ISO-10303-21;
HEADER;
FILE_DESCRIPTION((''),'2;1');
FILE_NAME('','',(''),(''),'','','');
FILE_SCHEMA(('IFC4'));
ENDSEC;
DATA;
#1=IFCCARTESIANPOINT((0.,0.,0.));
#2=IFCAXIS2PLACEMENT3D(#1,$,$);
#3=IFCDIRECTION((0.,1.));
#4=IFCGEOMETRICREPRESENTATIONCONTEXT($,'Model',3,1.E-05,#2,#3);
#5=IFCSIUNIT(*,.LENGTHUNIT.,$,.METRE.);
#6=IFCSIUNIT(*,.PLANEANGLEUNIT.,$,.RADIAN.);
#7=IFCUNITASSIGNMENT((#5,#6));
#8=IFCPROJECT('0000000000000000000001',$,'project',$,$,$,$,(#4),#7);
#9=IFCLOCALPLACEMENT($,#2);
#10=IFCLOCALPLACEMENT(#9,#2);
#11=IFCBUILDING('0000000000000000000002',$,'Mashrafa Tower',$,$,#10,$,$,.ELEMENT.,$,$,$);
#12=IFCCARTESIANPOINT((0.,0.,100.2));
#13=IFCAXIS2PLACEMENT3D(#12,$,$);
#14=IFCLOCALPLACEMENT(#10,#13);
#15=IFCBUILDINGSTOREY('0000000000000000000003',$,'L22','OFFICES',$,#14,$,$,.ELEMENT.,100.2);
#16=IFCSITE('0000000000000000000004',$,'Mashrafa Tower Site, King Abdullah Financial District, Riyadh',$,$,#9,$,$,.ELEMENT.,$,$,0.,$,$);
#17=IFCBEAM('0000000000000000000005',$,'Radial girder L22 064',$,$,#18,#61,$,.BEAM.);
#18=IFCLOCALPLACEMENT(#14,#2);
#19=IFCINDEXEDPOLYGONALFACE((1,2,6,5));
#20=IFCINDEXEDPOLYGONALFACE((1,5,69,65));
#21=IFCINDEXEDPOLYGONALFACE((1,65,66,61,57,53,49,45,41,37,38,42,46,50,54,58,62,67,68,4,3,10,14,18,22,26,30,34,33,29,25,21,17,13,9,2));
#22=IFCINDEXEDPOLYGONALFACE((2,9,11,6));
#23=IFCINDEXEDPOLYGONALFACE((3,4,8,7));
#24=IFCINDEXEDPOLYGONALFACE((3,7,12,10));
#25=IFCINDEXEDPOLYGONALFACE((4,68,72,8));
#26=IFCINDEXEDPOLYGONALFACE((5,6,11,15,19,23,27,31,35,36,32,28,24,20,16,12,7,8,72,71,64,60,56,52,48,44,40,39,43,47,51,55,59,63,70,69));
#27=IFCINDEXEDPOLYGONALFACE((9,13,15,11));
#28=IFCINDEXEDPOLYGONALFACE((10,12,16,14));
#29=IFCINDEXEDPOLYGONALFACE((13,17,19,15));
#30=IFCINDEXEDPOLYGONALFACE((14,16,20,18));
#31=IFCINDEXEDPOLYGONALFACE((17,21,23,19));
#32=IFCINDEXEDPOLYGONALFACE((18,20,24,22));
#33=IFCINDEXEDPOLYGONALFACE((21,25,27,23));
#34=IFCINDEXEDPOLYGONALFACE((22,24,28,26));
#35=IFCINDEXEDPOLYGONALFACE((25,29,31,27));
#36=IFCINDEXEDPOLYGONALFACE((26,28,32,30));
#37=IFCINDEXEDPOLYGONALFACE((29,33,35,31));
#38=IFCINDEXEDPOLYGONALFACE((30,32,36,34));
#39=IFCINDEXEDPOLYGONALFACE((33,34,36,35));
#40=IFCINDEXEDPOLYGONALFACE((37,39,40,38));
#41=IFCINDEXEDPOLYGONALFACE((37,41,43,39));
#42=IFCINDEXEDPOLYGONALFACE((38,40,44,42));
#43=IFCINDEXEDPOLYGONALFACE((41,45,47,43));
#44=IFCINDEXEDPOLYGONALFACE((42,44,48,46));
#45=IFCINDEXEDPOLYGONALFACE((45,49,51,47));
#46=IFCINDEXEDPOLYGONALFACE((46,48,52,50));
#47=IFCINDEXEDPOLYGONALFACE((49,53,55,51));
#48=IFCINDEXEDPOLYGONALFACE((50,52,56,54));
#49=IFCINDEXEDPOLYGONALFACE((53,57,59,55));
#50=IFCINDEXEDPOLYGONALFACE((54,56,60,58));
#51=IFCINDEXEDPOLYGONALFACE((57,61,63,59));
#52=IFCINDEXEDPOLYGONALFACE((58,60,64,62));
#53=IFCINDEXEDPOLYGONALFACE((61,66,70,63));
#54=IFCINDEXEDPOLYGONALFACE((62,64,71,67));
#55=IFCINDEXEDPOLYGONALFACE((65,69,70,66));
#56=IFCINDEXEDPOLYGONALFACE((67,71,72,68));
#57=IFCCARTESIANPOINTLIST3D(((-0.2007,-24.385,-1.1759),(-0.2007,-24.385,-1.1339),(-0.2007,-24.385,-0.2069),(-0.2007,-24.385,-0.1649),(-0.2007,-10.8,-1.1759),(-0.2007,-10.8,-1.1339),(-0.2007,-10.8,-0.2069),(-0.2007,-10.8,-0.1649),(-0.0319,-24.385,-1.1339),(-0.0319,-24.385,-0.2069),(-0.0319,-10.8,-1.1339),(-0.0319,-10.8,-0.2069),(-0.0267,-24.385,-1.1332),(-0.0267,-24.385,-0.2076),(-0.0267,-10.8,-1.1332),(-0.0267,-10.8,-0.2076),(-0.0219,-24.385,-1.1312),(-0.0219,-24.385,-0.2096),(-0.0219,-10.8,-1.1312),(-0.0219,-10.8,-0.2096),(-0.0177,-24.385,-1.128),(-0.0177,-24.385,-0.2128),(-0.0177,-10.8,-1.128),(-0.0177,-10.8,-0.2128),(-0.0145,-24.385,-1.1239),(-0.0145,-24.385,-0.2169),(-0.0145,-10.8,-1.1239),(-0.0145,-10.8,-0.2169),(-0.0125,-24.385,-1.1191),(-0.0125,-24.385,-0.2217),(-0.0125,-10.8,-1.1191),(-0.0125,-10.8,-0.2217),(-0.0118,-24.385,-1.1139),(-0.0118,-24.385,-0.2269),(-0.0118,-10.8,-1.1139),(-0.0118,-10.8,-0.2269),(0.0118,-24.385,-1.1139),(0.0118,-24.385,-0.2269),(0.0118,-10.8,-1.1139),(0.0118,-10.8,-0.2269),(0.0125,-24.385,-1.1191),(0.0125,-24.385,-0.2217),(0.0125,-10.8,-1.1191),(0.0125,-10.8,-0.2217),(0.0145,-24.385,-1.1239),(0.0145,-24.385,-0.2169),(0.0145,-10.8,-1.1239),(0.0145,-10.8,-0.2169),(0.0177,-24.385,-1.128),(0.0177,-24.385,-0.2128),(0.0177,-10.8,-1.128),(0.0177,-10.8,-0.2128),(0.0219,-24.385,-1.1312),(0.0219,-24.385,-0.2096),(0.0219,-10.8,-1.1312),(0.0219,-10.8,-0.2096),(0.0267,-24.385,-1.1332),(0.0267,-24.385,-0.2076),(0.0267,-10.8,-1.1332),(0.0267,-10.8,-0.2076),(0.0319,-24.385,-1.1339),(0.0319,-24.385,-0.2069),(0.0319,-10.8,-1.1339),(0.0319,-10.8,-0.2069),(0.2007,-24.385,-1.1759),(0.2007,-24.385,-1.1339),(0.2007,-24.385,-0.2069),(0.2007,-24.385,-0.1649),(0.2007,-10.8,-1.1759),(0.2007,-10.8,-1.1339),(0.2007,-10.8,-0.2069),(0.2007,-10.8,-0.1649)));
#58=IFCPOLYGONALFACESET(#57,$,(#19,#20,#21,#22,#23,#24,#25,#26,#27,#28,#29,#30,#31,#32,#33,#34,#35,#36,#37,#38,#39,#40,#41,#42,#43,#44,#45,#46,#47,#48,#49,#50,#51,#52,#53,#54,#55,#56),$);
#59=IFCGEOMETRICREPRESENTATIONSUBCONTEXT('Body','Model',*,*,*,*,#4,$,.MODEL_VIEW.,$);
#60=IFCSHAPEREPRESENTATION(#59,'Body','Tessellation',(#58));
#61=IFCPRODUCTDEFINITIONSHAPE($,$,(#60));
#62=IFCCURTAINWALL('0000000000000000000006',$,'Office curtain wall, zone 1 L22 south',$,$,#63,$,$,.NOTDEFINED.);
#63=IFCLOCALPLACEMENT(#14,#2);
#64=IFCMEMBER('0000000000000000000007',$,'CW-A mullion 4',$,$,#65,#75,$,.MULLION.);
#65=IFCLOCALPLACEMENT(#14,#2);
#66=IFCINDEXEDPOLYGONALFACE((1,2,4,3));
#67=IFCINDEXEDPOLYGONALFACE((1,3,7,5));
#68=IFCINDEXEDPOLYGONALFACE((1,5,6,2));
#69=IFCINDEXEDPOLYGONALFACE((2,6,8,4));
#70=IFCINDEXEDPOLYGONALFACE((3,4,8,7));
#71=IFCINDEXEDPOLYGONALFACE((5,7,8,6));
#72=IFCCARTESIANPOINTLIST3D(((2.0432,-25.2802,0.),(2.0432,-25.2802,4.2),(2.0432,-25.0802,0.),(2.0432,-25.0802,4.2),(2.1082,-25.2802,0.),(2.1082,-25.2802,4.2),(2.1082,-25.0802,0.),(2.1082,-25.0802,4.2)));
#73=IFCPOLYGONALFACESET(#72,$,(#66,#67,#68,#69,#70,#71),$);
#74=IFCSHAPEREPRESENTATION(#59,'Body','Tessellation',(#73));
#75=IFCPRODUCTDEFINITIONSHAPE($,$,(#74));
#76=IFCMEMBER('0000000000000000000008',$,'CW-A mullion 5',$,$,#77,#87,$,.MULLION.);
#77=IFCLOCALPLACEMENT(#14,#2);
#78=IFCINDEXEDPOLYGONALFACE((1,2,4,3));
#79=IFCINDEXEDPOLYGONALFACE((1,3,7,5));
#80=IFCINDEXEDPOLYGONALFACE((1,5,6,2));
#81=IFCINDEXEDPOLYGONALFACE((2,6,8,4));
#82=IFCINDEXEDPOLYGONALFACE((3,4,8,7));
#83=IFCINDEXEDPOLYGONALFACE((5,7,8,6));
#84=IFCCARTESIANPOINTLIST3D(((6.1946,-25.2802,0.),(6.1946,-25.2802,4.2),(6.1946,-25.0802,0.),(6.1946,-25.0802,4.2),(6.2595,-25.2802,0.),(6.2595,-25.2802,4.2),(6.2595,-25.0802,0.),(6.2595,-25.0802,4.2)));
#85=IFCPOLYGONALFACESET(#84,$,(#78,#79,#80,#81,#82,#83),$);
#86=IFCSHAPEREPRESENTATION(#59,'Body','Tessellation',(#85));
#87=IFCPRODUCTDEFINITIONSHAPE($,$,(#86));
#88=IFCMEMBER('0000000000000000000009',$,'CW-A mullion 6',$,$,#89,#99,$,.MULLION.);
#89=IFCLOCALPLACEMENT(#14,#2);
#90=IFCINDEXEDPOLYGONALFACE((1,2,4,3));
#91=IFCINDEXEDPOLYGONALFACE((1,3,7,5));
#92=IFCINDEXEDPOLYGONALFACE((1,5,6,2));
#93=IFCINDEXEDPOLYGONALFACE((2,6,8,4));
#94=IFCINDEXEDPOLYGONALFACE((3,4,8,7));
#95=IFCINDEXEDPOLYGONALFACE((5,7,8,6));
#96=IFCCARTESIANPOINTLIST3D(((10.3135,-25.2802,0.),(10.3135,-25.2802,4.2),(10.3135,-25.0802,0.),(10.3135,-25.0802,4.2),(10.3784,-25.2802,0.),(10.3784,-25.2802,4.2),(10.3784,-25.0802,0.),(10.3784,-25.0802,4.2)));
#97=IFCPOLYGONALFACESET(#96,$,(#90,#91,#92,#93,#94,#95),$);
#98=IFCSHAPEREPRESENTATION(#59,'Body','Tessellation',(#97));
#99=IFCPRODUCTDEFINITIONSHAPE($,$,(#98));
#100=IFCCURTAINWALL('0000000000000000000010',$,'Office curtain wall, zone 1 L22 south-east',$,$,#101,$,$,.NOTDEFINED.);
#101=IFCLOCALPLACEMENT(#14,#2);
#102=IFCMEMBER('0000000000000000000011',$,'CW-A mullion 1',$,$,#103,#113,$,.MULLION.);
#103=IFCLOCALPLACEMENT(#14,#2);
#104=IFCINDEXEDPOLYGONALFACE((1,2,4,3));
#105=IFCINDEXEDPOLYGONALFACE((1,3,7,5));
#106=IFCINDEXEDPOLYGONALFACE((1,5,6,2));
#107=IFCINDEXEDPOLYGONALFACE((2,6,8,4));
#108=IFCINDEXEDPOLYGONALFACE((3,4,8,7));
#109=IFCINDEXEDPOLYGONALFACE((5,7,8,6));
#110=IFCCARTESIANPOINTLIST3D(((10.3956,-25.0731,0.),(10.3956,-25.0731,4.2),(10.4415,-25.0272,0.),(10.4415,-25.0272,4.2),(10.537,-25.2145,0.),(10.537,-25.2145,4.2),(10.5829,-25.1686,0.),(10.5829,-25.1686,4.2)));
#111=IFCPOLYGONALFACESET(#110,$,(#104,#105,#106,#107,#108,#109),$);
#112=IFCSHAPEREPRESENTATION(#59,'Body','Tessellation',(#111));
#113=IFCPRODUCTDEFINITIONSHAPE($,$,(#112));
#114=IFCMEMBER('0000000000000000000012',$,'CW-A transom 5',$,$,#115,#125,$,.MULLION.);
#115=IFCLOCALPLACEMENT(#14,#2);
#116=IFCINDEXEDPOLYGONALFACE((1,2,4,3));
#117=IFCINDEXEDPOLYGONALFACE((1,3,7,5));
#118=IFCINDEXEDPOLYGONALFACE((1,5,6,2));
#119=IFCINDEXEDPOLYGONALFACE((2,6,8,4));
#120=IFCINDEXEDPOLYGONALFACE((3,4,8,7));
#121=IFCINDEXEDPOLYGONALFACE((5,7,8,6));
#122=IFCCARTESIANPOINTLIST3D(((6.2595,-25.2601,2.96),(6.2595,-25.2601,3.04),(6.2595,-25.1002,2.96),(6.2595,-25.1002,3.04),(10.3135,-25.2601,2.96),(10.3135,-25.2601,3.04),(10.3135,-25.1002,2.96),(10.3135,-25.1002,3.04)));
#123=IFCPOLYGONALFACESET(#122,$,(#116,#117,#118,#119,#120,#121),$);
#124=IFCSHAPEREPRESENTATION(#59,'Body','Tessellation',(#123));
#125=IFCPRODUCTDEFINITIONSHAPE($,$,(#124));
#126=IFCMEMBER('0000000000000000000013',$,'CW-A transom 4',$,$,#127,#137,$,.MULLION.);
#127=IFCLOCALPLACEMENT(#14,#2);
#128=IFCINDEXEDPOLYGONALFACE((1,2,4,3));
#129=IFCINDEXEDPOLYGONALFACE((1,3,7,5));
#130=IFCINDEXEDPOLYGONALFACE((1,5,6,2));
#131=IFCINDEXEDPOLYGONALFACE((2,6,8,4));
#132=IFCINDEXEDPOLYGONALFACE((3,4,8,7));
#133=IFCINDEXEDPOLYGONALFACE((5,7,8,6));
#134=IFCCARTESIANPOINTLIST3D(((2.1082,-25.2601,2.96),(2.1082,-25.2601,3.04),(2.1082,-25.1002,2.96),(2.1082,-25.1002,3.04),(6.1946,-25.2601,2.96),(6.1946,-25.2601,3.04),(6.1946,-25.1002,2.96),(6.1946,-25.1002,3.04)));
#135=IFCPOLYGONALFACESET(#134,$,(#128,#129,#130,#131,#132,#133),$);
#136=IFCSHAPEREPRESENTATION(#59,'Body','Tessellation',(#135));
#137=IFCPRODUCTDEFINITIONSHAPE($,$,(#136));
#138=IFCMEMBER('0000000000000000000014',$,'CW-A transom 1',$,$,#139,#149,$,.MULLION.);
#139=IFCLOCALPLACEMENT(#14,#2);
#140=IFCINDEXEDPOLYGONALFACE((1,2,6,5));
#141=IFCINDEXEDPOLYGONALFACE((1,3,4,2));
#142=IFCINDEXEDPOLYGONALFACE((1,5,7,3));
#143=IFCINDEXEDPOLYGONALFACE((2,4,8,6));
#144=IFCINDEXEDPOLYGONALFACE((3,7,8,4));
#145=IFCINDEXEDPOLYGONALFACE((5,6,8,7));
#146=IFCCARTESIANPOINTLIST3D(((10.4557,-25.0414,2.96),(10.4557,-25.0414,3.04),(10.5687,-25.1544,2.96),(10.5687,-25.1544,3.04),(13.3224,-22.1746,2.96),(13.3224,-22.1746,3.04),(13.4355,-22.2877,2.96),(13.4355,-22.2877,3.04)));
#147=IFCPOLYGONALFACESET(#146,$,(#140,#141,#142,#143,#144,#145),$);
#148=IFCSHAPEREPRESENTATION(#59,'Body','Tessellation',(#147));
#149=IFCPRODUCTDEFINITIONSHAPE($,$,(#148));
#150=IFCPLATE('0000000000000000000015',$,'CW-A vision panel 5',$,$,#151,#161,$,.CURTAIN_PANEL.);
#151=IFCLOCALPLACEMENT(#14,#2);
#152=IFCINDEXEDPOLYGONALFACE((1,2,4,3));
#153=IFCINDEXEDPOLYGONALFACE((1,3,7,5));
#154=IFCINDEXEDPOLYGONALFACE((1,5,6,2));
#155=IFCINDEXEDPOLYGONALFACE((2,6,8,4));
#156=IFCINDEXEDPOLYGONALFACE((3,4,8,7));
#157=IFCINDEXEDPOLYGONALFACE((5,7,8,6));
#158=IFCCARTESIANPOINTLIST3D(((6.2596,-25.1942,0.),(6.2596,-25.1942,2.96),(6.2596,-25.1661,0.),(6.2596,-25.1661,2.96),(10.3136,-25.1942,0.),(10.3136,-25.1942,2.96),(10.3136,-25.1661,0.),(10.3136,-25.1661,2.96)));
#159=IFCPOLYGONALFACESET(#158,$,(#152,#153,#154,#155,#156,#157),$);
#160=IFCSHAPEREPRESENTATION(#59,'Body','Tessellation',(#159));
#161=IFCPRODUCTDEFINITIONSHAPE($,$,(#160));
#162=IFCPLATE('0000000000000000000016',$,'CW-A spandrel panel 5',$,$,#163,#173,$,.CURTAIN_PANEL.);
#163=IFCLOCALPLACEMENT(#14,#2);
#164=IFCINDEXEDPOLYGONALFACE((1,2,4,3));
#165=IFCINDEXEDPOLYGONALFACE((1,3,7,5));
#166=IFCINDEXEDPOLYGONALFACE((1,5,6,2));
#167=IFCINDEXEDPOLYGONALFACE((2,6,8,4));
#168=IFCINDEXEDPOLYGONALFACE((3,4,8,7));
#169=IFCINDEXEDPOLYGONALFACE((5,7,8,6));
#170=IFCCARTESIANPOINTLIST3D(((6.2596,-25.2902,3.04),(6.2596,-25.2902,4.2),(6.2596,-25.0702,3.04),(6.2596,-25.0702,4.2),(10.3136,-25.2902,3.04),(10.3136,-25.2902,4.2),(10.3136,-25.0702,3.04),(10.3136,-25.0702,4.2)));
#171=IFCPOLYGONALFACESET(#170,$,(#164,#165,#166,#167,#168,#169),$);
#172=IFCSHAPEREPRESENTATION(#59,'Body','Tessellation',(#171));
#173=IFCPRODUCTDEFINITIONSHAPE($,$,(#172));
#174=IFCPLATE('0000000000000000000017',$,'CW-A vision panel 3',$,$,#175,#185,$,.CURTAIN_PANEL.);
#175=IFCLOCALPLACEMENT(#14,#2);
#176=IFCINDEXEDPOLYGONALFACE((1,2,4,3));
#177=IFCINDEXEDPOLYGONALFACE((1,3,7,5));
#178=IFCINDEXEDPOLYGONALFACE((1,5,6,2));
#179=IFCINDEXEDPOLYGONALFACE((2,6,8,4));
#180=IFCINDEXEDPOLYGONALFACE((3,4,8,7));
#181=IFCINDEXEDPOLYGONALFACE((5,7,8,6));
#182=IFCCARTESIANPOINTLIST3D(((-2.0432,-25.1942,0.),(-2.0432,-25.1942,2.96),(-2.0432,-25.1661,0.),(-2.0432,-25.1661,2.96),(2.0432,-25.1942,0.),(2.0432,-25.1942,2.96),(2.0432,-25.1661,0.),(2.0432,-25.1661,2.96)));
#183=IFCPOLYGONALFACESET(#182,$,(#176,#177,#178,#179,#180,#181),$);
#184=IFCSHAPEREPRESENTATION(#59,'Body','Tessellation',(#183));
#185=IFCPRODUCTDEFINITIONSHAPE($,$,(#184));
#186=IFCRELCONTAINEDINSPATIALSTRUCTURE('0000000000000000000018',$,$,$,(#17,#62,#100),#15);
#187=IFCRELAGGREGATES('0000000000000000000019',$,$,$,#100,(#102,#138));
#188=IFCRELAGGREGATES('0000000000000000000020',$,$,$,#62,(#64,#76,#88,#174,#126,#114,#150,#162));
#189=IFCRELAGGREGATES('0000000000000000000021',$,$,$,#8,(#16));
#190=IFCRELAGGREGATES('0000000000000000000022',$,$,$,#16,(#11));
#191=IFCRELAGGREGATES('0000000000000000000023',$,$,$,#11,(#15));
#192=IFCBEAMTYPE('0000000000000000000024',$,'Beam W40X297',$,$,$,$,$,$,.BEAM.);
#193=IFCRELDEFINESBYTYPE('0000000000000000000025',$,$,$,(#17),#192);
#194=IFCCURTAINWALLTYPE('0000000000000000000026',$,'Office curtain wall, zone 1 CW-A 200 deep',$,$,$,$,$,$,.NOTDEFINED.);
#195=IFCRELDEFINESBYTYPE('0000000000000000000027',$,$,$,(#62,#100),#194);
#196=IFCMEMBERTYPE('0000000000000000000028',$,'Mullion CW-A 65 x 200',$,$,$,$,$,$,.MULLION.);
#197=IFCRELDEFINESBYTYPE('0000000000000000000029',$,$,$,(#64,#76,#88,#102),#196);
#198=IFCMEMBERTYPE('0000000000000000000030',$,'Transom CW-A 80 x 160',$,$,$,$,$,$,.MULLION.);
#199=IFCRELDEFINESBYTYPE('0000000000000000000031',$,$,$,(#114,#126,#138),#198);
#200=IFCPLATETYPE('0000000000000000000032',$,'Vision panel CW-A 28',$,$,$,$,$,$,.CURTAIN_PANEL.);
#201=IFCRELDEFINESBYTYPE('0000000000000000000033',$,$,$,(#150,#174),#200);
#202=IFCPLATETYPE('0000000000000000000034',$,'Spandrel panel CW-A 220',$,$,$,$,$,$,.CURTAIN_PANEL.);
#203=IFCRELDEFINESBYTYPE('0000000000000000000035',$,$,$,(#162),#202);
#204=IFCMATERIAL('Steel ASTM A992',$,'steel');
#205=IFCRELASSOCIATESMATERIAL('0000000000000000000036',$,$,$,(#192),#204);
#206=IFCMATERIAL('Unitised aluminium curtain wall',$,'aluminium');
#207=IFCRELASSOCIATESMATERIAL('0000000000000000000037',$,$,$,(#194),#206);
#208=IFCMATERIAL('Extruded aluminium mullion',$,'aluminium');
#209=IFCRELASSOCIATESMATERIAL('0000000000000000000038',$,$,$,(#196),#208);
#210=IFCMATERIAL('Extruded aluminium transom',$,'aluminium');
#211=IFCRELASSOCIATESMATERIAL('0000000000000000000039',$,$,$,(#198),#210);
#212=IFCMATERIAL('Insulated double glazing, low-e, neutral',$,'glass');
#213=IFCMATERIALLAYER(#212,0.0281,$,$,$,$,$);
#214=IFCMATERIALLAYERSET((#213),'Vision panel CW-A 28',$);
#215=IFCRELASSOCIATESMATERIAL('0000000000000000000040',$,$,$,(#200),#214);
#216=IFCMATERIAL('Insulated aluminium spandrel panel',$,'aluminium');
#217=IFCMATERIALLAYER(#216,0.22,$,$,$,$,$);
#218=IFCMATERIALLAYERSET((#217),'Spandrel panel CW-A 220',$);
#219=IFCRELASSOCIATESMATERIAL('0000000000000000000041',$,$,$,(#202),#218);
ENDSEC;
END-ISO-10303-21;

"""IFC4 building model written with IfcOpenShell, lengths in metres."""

from ifc_helpers import new_model, si_unit, direction, frame, origin, origin_2d, place, context, subcontext, project, spatial, rectangle, i_section, extrude, source, transform, mapped, material, layer, layer_set, material_profile, profile_set, type_object, type_shapes, element, aggregate, save


model = new_model("IFC4")

# Units and contexts
model_context = context("Model", 3, precision=1e-05, world=origin(), true_north=direction((0.0, 1.0)))
body_context = subcontext(model_context, "Body", "Model", "MODEL_VIEW")
ifc_project = project(units=[si_unit("LENGTHUNIT", "METRE"), si_unit("PLANEANGLEUNIT", "RADIAN")], contexts=[model_context])

# Site, building, storey
site_placement = place(None, origin())
site = spatial("IfcSite", under=ifc_project, at=site_placement, Name="Mashrafa Tower Site, King Abdullah Financial District, Riyadh", CompositionType="ELEMENT", RefElevation=0.0)
building_placement = place(site_placement, origin())
building = spatial("IfcBuilding", under=site, at=building_placement, Name="Mashrafa Tower", CompositionType="ELEMENT")
storey_placement = place(building_placement, frame((0.0, 0.0, 100.2)))
storey = spatial("IfcBuildingStorey", under=building, at=storey_placement, Name="L22", Description="OFFICES", CompositionType="ELEMENT", Elevation=100.2)

# Beam
ifc_material_1 = material(Name="Steel ASTM A992", Category="steel")
ifc_material_profile_1 = material_profile(ifc_material_1, i_section(OverallWidth=0.4014, OverallDepth=1.011, WebThickness=0.0237, FlangeThickness=0.042, FilletRadius=0.02, at=origin_2d()), Name="W40X297")
ifc_profile_set_1 = profile_set([ifc_material_profile_1], Name="Steel ASTM A992")
beam_type_1 = type_object("IfcBeamType", Name="Beam W40X297", PredefinedType="BEAM", material=ifc_profile_set_1)
beam_1_placement = place(storey_placement, frame((0.0, -10.8, -0.6704), z_axis=(0.0, -1.0, 0.0), x_axis=(1.0, 0.0, 0.0)))
element("IfcBeam", 1, at=beam_1_placement, inside=storey, type_object=beam_type_1, Name="Radial girder L22 064", PredefinedType="BEAM", context=body_context, shape_type="SweptSolid", body=[
    extrude(i_section(OverallWidth=0.4014, OverallDepth=1.011, WebThickness=0.0237, FlangeThickness=0.042, FilletRadius=0.02, at=origin_2d()), origin(), (0.0, 0.0, 1.0), 13.585),
])

# Curtain wall, members
ifc_material_2 = material(Name="Unitised aluminium curtain wall", Category="aluminium")
curtain_wall_type = type_object("IfcCurtainWallType", Name="Office curtain wall, zone 1 CW-A 200 deep", PredefinedType="NOTDEFINED", material=ifc_material_2)
curtain_wall_1_placement = place(storey_placement, origin())
curtain_wall_1 = element("IfcCurtainWall", 2, at=curtain_wall_1_placement, inside=storey, type_object=curtain_wall_type, Name="Office curtain wall, zone 1 L22 south", PredefinedType="NOTDEFINED")
ifc_material_3 = material(Name="Extruded aluminium mullion", Category="aluminium")
ifc_material_profile_2 = material_profile(ifc_material_3, rectangle(XDim=0.2, YDim=0.0649, at=origin_2d()), Name="Mullion 65x200")
ifc_profile_set_2 = profile_set([ifc_material_profile_2], Name="Extruded aluminium mullion")
member_type_1 = type_object("IfcMemberType", Name="Mullion CW-A 65 x 200", PredefinedType="MULLION", material=ifc_profile_set_2)
shared_shape_1 = source(origin(), body_context, "Body", "SweptSolid", [
    extrude(rectangle(XDim=0.2, YDim=0.0649, at=origin_2d()), origin(), (0.0, 0.0, 1.0), 4.2),
])
type_shapes(member_type_1, [shared_shape_1])
member_1_placement = place(storey_placement, frame((2.0757, -25.1802, 0.0), z_axis=(0.0, 0.0, 1.0), x_axis=(0.0, 1.0, 0.0)))
member_1 = element("IfcMember", 3, at=member_1_placement, type_object=member_type_1, Name="CW-A mullion 4", PredefinedType="MULLION", context=body_context, shape_type="MappedRepresentation", body=[
    mapped(shared_shape_1, transform((0.0, 0.0, 0.0))),
])
member_2_placement = place(storey_placement, frame((6.2271, -25.1802, 0.0), z_axis=(0.0, 0.0, 1.0), x_axis=(0.0, 1.0, 0.0)))
member_2 = element("IfcMember", 4, at=member_2_placement, type_object=member_type_1, Name="CW-A mullion 5", PredefinedType="MULLION", context=body_context, shape_type="MappedRepresentation", body=[
    mapped(shared_shape_1, transform((0.0, 0.0, 0.0))),
])
member_3_placement = place(storey_placement, frame((10.3459, -25.1802, 0.0), z_axis=(0.0, 0.0, 1.0), x_axis=(0.0, 1.0, 0.0)))
member_3 = element("IfcMember", 5, at=member_3_placement, type_object=member_type_1, Name="CW-A mullion 6", PredefinedType="MULLION", context=body_context, shape_type="MappedRepresentation", body=[
    mapped(shared_shape_1, transform((0.0, 0.0, 0.0))),
])

# Curtain wall, member
curtain_wall_2_placement = place(storey_placement, origin())
curtain_wall_2 = element("IfcCurtainWall", 6, at=curtain_wall_2_placement, inside=storey, type_object=curtain_wall_type, Name="Office curtain wall, zone 1 L22 south-east", PredefinedType="NOTDEFINED")
member_4_placement = place(storey_placement, frame((10.4893, -25.1208, 0.0), z_axis=(0.0, 0.0, 1.0), x_axis=(-0.707107, 0.707107, 0.0)))
member_4 = element("IfcMember", 7, at=member_4_placement, type_object=member_type_1, Name="CW-A mullion 1", PredefinedType="MULLION", context=body_context, shape_type="MappedRepresentation", body=[
    mapped(shared_shape_1, transform((0.0, 0.0, 0.0))),
])

# Members
ifc_material_4 = material(Name="Extruded aluminium transom", Category="aluminium")
ifc_material_profile_3 = material_profile(ifc_material_4, rectangle(XDim=0.1599, YDim=0.0801, at=origin_2d()), Name="Transom 80x160")
ifc_profile_set_3 = profile_set([ifc_material_profile_3], Name="Extruded aluminium transom")
member_type_2 = type_object("IfcMemberType", Name="Transom CW-A 80 x 160", PredefinedType="MULLION", material=ifc_profile_set_3)
shared_shape_2 = source(origin(), body_context, "Body", "SweptSolid", [
    extrude(rectangle(XDim=0.1599, YDim=0.0801, at=origin_2d()), origin(), (0.0, 0.0, 1.0), 4.054),
])
member_5_placement = place(storey_placement, frame((6.2595, -25.1802, 3.0), z_axis=(1.0, 0.0, 0.0), x_axis=(0.0, 1.0, 0.0)))
member_5 = element("IfcMember", 8, at=member_5_placement, type_object=member_type_2, Name="CW-A transom 5", PredefinedType="MULLION", context=body_context, shape_type="MappedRepresentation", body=[
    mapped(shared_shape_2, transform((0.0, 0.0, 0.0))),
])
shared_shape_3 = source(origin(), body_context, "Body", "SweptSolid", [
    extrude(rectangle(XDim=0.1599, YDim=0.0801, at=origin_2d()), origin(), (0.0, 0.0, 1.0), 4.0864),
])
member_6_placement = place(storey_placement, frame((2.1082, -25.1802, 3.0), z_axis=(1.0, 0.0, 0.0), x_axis=(0.0, 1.0, 0.0)))
member_6 = element("IfcMember", 9, at=member_6_placement, type_object=member_type_2, Name="CW-A transom 4", PredefinedType="MULLION", context=body_context, shape_type="MappedRepresentation", body=[
    mapped(shared_shape_3, transform((0.0, 0.0, 0.0))),
])
shared_shape_4 = source(origin(), body_context, "Body", "SweptSolid", [
    extrude(rectangle(XDim=0.1599, YDim=0.0801, at=origin_2d()), origin(), (0.0, 0.0, 1.0), 4.0542),
])
type_shapes(member_type_2, [shared_shape_2, shared_shape_3, shared_shape_4])
member_7_placement = place(storey_placement, frame((10.5122, -25.0979, 3.0), z_axis=(0.707107, 0.707107, 0.0), x_axis=(-0.707107, 0.707107, 0.0)))
member_7 = element("IfcMember", 10, at=member_7_placement, type_object=member_type_2, Name="CW-A transom 1", PredefinedType="MULLION", context=body_context, shape_type="MappedRepresentation", body=[
    mapped(shared_shape_4, transform((0.0, 0.0, 0.0))),
])
aggregate(curtain_wall_2, [member_4, member_7])

# Plates
ifc_material_5 = material(Name="Insulated double glazing, low-e, neutral", Category="glass")
ifc_layer_1 = layer(ifc_material_5, 0.0281)
ifc_layer_set_1 = layer_set([ifc_layer_1], Name="Vision panel CW-A 28")
plate_type_1 = type_object("IfcPlateType", Name="Vision panel CW-A 28", PredefinedType="CURTAIN_PANEL", material=ifc_layer_set_1)
shared_shape_5 = source(origin(), body_context, "Body", "SweptSolid", [
    extrude(rectangle(XDim=4.054, YDim=0.0281, at=origin_2d()), origin(), (0.0, 0.0, 1.0), 2.96),
])
plate_1_placement = place(storey_placement, frame((8.2866, -25.1802, 0.0), z_axis=(0.0, 0.0, 1.0), x_axis=(1.0, 0.0, 0.0)))
plate_1 = element("IfcPlate", 11, at=plate_1_placement, type_object=plate_type_1, Name="CW-A vision panel 5", PredefinedType="CURTAIN_PANEL", context=body_context, shape_type="MappedRepresentation", body=[
    mapped(shared_shape_5, transform((0.0, 0.0, 0.0))),
])
ifc_material_6 = material(Name="Insulated aluminium spandrel panel", Category="aluminium")
ifc_layer_2 = layer(ifc_material_6, 0.22)
ifc_layer_set_2 = layer_set([ifc_layer_2], Name="Spandrel panel CW-A 220")
plate_type_2 = type_object("IfcPlateType", Name="Spandrel panel CW-A 220", PredefinedType="CURTAIN_PANEL", material=ifc_layer_set_2)
shared_shape_6 = source(origin(), body_context, "Body", "SweptSolid", [
    extrude(rectangle(XDim=4.054, YDim=0.22, at=origin_2d()), origin(), (0.0, 0.0, 1.0), 1.1599),
])
plate_2_placement = place(storey_placement, frame((8.2866, -25.1802, 3.04), z_axis=(0.0, 0.0, 1.0), x_axis=(1.0, 0.0, 0.0)))
plate_2 = element("IfcPlate", 12, at=plate_2_placement, type_object=plate_type_2, Name="CW-A spandrel panel 5", PredefinedType="CURTAIN_PANEL", context=body_context, shape_type="MappedRepresentation", body=[
    mapped(shared_shape_6, transform((0.0, 0.0, 0.0))),
])
shared_shape_7 = source(origin(), body_context, "Body", "SweptSolid", [
    extrude(rectangle(XDim=4.0864, YDim=0.0281, at=origin_2d()), origin(), (0.0, 0.0, 1.0), 2.96),
])
type_shapes(plate_type_1, [shared_shape_5, shared_shape_7])
plate_3_placement = place(storey_placement, frame((0.0, -25.1802, 0.0), z_axis=(0.0, 0.0, 1.0), x_axis=(1.0, 0.0, 0.0)))
plate_3 = element("IfcPlate", 13, at=plate_3_placement, type_object=plate_type_1, Name="CW-A vision panel 3", PredefinedType="CURTAIN_PANEL", context=body_context, shape_type="MappedRepresentation", body=[
    mapped(shared_shape_7, transform((0.0, 0.0, 0.0))),
])
aggregate(curtain_wall_1, [member_1, member_2, member_3, plate_3, member_6, member_5, plate_1, plate_2])

save(model, "model.ifc")
